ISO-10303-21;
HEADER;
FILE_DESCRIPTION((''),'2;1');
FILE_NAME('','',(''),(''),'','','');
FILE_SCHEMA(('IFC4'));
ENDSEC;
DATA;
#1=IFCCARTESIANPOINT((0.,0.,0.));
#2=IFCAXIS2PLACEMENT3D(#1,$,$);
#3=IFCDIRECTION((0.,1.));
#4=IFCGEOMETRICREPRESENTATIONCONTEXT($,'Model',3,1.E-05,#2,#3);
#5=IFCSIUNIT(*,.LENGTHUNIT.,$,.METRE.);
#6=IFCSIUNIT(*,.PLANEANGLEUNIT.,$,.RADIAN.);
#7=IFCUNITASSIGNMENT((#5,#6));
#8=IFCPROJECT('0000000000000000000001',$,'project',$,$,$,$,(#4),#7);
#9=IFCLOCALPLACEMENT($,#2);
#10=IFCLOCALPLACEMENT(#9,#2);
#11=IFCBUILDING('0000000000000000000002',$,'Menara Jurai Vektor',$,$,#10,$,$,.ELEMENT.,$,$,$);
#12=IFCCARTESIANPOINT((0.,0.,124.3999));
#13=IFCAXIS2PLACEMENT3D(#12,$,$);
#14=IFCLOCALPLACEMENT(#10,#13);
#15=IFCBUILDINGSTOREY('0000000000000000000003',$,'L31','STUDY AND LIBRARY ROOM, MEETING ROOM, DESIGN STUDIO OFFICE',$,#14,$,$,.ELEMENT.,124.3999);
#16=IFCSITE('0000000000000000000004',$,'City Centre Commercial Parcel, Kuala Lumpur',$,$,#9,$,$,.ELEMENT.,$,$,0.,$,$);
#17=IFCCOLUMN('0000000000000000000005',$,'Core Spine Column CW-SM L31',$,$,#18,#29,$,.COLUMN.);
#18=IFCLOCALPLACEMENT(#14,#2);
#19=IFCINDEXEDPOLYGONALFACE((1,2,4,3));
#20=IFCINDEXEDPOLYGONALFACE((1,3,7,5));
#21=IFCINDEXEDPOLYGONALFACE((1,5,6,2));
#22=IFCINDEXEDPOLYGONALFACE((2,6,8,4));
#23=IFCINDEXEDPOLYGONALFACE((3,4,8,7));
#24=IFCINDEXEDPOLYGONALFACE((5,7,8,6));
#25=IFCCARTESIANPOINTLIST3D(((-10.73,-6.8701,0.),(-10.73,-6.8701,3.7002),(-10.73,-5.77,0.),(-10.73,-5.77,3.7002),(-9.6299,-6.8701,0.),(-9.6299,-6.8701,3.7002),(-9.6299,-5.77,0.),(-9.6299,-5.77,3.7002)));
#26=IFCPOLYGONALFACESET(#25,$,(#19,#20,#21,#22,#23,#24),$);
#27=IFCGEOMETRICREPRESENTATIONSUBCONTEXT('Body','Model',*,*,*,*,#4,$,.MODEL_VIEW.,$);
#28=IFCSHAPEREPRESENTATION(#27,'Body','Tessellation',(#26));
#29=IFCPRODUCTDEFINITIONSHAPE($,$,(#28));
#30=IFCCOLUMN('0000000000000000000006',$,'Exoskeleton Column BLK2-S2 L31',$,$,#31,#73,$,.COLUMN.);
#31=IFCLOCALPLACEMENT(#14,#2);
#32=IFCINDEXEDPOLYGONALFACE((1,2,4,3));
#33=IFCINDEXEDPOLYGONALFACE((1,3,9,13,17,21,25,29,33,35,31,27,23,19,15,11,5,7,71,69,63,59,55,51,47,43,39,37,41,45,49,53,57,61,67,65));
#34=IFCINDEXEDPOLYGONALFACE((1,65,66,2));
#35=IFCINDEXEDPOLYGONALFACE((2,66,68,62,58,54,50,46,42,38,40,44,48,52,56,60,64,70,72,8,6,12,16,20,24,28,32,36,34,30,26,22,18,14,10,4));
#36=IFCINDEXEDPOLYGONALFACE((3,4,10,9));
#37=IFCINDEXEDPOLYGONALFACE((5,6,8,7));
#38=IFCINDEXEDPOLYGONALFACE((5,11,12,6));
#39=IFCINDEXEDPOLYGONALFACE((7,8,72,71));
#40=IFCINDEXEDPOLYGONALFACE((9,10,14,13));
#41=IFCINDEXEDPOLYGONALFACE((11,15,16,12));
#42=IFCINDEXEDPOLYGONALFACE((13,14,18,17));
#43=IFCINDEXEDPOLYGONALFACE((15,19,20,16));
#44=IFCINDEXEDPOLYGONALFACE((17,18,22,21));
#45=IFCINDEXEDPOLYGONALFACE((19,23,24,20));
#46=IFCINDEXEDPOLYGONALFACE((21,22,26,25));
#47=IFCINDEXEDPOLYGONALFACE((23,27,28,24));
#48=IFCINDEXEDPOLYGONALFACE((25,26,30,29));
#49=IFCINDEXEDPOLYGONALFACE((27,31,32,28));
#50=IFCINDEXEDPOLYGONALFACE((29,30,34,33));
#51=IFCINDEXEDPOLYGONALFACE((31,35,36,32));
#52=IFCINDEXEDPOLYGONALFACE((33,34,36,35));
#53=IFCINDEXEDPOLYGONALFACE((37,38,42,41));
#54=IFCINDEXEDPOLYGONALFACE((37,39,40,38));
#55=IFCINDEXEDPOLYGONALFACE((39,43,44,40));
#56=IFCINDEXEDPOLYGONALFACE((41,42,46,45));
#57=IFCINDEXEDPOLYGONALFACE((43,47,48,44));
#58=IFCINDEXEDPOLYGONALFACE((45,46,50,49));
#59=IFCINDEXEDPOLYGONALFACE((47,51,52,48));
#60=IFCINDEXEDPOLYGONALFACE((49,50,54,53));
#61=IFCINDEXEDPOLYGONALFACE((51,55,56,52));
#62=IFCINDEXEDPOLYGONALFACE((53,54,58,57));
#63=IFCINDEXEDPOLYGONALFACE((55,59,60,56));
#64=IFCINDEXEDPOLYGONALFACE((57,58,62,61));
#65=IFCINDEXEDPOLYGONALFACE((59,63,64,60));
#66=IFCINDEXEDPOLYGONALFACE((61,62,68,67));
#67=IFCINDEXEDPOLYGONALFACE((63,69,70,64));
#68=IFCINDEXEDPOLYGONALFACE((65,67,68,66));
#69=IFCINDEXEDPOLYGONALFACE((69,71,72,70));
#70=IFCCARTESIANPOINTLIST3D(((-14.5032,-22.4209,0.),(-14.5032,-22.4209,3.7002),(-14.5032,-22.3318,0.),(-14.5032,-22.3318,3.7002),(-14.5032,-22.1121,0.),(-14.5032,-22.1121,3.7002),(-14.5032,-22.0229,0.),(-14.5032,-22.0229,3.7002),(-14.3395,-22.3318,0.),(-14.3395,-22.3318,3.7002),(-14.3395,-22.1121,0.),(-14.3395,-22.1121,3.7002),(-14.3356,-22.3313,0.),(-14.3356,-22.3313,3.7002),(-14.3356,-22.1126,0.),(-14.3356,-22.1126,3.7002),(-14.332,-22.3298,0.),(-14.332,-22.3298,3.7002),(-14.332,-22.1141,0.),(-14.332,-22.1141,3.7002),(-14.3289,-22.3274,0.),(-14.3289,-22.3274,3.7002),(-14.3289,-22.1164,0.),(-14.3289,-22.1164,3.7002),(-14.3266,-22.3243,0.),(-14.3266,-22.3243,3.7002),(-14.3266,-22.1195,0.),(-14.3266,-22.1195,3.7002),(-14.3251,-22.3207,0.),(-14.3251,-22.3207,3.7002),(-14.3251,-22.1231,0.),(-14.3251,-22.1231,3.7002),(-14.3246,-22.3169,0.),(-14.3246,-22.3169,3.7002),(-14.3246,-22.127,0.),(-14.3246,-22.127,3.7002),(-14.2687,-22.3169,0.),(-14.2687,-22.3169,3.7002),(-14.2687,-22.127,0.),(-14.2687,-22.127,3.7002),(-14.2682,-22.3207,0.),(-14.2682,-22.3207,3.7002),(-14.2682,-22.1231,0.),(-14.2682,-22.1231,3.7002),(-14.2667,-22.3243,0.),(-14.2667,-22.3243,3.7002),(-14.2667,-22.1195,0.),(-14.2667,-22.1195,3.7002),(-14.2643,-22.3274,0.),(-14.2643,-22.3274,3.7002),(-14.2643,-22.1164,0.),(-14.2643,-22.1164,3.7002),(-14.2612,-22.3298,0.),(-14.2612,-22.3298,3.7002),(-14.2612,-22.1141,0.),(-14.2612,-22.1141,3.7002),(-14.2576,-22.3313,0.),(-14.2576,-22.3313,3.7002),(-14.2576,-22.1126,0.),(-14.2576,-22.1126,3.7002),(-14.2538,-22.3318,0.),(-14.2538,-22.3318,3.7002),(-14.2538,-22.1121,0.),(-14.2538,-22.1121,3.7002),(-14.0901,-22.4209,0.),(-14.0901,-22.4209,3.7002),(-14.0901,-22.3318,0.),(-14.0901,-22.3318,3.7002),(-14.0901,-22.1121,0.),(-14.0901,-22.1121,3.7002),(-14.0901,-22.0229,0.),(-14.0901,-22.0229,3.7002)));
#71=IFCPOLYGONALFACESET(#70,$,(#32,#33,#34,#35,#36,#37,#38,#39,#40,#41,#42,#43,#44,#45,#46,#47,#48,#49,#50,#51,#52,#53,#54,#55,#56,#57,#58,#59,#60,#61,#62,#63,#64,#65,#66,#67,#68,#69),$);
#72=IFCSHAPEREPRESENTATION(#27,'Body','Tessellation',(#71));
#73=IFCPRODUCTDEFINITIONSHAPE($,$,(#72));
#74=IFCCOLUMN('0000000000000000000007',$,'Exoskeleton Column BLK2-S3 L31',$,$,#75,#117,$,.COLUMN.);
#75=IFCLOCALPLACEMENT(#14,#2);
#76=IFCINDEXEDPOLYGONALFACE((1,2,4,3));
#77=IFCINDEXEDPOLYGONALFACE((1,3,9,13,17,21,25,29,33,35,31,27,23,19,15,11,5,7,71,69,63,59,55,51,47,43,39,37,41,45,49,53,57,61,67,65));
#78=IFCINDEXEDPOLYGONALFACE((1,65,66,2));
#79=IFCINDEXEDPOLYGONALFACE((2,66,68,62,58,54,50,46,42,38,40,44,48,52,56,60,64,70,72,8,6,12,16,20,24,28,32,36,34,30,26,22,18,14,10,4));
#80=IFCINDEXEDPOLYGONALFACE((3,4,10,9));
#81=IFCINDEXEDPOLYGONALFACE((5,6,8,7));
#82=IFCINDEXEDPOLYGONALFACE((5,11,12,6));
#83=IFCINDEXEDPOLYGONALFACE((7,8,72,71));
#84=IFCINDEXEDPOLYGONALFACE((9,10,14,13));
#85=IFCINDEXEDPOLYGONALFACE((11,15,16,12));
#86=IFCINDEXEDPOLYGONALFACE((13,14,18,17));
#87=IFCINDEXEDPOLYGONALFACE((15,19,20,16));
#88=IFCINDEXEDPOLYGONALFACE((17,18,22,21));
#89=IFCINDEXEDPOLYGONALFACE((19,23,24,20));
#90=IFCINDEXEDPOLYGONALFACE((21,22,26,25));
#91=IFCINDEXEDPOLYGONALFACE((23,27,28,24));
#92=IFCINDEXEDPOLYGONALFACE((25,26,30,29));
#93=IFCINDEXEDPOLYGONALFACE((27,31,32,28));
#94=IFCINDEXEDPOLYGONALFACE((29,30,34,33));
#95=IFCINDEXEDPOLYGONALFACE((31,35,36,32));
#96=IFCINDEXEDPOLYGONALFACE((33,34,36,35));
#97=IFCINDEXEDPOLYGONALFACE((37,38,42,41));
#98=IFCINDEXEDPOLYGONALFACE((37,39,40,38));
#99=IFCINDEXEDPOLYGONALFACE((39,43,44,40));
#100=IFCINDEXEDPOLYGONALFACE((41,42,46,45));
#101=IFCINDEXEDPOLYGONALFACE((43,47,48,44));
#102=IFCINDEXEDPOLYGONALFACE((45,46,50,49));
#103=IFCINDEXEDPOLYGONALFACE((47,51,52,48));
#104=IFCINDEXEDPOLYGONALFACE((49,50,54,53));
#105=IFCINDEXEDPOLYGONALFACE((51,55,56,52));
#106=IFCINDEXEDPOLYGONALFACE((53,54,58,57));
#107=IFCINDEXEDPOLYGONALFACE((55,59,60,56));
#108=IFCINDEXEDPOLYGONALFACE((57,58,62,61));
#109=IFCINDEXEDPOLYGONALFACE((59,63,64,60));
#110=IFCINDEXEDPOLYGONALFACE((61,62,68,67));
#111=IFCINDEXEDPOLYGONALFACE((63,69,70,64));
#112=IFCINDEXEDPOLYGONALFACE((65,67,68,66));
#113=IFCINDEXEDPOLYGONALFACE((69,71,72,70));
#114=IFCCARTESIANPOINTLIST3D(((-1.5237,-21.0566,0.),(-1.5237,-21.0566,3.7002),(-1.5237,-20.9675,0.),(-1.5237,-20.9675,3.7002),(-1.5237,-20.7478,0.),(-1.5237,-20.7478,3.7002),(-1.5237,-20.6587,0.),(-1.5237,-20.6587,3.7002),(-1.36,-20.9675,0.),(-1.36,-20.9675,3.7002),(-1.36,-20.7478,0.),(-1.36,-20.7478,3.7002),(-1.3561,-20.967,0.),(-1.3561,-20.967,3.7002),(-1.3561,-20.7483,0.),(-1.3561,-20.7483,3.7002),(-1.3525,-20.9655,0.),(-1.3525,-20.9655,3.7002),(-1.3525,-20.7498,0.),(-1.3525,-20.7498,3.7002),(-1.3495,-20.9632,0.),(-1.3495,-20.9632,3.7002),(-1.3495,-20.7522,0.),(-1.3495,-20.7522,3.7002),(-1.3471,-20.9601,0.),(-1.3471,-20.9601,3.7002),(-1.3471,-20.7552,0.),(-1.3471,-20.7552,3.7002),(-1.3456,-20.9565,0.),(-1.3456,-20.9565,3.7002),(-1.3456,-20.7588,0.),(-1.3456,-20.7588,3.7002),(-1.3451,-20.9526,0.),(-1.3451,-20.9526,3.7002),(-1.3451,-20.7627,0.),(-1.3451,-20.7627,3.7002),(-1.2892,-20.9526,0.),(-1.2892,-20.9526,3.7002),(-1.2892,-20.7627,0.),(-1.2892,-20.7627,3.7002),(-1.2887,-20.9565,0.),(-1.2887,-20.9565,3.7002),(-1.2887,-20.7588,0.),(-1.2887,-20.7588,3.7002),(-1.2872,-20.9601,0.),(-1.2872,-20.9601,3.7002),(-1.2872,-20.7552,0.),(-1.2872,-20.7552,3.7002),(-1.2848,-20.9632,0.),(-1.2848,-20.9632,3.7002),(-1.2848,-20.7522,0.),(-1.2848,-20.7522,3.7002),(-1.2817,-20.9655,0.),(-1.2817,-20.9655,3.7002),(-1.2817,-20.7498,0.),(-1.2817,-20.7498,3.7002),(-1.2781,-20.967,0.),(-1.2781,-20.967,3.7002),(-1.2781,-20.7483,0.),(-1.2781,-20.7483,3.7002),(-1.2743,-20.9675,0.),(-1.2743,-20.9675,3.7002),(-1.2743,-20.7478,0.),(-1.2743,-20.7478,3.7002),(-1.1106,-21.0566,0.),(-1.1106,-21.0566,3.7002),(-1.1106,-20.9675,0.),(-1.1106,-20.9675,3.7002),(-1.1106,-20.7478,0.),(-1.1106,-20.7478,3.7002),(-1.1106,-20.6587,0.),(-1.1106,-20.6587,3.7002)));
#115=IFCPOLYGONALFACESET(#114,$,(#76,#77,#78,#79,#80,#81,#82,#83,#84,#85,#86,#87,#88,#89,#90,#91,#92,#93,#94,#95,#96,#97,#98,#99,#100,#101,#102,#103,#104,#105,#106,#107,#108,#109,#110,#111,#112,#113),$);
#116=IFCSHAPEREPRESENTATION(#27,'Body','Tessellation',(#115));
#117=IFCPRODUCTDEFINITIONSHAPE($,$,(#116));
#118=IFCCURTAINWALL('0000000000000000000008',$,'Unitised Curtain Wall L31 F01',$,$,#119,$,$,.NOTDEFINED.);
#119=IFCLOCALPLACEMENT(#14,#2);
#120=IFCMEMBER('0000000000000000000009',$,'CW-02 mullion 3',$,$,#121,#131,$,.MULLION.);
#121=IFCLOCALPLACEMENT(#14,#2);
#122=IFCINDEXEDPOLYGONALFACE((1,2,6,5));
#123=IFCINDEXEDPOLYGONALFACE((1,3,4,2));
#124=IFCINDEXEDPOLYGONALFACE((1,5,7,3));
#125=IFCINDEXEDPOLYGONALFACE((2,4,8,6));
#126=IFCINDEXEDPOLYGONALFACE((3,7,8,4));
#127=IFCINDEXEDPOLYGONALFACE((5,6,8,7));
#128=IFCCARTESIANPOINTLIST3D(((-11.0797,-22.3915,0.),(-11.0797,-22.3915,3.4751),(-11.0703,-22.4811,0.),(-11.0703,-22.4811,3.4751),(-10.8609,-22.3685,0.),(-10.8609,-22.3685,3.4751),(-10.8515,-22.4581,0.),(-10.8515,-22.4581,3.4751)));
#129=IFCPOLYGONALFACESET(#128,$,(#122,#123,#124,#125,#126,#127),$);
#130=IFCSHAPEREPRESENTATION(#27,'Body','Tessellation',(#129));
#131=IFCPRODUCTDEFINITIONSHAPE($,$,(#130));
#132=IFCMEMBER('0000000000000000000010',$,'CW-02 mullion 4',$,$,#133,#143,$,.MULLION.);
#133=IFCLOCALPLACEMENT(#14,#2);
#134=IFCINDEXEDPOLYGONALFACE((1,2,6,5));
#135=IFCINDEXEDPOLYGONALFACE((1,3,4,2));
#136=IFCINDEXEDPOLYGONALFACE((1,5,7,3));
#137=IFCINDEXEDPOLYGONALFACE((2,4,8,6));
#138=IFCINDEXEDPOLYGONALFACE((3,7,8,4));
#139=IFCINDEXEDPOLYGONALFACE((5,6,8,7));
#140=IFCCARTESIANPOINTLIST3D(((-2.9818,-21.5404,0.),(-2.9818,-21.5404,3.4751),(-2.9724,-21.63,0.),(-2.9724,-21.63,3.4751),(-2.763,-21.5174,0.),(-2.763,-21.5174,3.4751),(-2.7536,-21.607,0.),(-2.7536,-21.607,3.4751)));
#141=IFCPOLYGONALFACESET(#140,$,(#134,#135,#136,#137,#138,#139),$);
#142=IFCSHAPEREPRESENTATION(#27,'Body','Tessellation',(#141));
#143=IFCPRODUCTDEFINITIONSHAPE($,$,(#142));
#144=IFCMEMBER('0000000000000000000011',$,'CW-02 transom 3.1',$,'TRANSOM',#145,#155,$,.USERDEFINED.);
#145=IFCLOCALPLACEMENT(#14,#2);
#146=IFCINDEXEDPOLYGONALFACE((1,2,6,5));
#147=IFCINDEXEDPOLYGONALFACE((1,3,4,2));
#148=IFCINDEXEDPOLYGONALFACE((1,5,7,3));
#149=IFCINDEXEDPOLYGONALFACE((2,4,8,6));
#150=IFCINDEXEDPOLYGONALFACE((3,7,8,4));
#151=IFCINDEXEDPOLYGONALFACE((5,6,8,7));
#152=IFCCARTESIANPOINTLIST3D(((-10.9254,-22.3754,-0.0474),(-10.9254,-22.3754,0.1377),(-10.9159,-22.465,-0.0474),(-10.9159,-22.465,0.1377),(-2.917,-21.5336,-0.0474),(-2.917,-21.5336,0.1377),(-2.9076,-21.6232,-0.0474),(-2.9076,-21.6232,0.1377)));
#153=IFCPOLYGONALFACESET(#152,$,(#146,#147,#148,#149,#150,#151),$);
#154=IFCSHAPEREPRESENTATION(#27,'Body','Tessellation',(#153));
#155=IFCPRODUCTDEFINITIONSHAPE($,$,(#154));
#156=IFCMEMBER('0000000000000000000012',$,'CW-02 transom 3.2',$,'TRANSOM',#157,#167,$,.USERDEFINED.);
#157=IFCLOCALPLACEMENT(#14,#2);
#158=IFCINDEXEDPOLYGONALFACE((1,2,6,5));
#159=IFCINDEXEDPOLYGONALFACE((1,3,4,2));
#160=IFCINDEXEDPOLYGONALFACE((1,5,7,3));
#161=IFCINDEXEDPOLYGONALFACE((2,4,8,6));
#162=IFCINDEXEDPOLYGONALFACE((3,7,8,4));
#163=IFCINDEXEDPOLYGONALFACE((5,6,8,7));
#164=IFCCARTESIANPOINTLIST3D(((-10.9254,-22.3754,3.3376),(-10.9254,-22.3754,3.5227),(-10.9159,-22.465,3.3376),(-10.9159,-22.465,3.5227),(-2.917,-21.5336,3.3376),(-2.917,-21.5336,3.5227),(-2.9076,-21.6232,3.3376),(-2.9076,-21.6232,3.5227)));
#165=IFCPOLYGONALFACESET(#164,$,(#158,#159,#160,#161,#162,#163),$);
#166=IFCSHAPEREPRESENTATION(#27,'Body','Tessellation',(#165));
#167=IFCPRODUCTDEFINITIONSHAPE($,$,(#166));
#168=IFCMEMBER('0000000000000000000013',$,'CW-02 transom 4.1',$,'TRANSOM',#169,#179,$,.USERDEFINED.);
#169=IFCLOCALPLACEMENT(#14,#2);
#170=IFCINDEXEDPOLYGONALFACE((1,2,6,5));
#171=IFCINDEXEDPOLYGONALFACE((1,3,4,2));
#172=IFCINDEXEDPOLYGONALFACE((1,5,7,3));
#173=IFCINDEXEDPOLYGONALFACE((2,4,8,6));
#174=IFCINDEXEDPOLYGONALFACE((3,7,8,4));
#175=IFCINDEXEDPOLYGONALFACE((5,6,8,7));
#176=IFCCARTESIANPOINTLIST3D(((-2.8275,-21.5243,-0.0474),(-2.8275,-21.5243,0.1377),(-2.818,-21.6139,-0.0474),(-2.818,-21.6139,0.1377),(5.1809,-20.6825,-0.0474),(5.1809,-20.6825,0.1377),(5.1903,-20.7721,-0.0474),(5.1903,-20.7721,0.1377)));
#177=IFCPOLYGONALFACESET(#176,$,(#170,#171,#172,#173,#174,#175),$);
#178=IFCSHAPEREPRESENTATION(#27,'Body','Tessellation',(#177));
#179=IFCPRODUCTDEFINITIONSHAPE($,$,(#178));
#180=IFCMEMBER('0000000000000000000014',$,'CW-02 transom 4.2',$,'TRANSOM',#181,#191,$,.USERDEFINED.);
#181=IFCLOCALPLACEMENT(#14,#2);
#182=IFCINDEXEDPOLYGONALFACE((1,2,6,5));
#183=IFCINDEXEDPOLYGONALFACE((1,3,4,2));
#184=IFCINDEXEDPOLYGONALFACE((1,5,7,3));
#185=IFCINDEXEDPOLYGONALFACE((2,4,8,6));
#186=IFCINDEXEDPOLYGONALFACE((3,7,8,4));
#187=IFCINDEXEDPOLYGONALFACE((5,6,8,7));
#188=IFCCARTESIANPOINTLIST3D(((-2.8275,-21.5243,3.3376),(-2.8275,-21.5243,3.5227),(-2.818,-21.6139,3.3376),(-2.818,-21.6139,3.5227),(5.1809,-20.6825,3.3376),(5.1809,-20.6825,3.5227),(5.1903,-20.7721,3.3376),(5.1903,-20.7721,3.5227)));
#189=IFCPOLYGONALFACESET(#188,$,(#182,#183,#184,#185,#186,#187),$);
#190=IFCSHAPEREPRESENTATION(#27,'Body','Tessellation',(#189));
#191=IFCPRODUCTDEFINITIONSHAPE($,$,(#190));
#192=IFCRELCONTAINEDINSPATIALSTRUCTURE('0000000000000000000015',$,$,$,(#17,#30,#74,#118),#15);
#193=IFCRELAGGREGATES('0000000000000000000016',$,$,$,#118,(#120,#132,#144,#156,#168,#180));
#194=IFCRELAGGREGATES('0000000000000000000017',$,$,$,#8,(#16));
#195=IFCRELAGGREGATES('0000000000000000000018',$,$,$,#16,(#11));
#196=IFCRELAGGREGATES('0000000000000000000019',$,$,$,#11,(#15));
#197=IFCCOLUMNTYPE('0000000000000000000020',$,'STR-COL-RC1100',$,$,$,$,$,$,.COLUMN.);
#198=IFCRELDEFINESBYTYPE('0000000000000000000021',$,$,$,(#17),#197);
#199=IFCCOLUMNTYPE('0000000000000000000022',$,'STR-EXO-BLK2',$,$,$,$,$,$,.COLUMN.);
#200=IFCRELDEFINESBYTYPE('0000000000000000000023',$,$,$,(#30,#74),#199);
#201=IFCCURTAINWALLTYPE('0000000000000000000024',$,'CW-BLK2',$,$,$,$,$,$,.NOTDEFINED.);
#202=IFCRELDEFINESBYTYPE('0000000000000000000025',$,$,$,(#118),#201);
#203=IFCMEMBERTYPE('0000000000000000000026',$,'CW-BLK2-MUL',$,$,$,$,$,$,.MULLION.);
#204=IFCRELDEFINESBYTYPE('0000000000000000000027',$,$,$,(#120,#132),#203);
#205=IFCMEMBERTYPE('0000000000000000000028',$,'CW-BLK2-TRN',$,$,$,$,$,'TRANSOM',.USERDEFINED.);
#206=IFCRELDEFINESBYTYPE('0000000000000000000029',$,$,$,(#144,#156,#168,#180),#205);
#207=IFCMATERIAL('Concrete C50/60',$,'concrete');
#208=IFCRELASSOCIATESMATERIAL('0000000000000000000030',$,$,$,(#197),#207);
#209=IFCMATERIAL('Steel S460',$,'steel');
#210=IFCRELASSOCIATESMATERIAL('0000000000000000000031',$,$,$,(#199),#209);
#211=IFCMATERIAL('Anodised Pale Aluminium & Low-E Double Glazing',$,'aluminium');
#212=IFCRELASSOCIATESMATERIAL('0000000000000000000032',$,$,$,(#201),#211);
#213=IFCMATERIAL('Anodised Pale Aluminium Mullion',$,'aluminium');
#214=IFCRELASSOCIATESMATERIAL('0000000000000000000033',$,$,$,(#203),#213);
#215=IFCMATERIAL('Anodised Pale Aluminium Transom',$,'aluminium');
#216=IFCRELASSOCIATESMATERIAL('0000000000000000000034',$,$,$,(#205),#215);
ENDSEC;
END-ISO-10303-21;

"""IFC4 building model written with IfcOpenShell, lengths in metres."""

from ifc_helpers import new_model, si_unit, direction, frame, origin, origin_2d, place, context, subcontext, project, spatial, rectangle, i_section, extrude, material, material_profile, profile_set, type_object, element, aggregate, save


model = new_model("IFC4")

# Units and contexts
model_context = context("Model", 3, precision=1e-05, world=origin(), true_north=direction((0.0, 1.0)))
body_context = subcontext(model_context, "Body", "Model", "MODEL_VIEW")
ifc_project = project(units=[si_unit("LENGTHUNIT", "METRE"), si_unit("PLANEANGLEUNIT", "RADIAN")], contexts=[model_context])

# Site, building, storey
site_placement = place(None, origin())
site = spatial("IfcSite", under=ifc_project, at=site_placement, Name="City Centre Commercial Parcel, Kuala Lumpur", CompositionType="ELEMENT", RefElevation=0.0)
building_placement = place(site_placement, origin())
building = spatial("IfcBuilding", under=site, at=building_placement, Name="Menara Jurai Vektor", CompositionType="ELEMENT")
storey_placement = place(building_placement, frame((0.0, 0.0, 124.3999)))
storey = spatial("IfcBuildingStorey", under=building, at=storey_placement, Name="L31", Description="STUDY AND LIBRARY ROOM, MEETING ROOM, DESIGN STUDIO OFFICE", CompositionType="ELEMENT", Elevation=124.3999)

# Columns
ifc_material_1 = material(Name="Concrete C50/60", Category="concrete")
ifc_material_profile_1 = material_profile(ifc_material_1, rectangle(XDim=1.1001, YDim=1.1001, at=origin_2d()), Name="RC 1100x1100")
ifc_profile_set_1 = profile_set([ifc_material_profile_1], Name="Concrete C50/60")
column_type_1 = type_object("IfcColumnType", Name="STR-COL-RC1100", PredefinedType="COLUMN", material=ifc_profile_set_1)
column_placement = place(storey_placement, frame((-10.1799, -6.3201, 0.0), z_axis=(0.0, 0.0, 1.0), x_axis=(1.0, 0.0, 0.0)))
element("IfcColumn", 1, at=column_placement, inside=storey, type_object=column_type_1, Name="Core Spine Column CW-SM L31", PredefinedType="COLUMN", context=body_context, shape_type="SweptSolid", body=[
    extrude(rectangle(XDim=1.1001, YDim=1.1001, at=origin_2d()), origin(), (0.0, 0.0, 1.0), 3.7002),
])
ifc_material_2 = material(Name="Steel S460", Category="steel")
ifc_material_profile_2 = material_profile(ifc_material_2, i_section(OverallWidth=0.4131, OverallDepth=0.3979, WebThickness=0.0559, FlangeThickness=0.0891, FilletRadius=0.0149, at=origin_2d()), Name="HD 400x744")
ifc_profile_set_2 = profile_set([ifc_material_profile_2], Name="Steel S460")
column_type_2 = type_object("IfcColumnType", Name="STR-EXO-BLK2", PredefinedType="COLUMN", material=ifc_profile_set_2)
for number, where, z_axis, x_axis, name in (
    (2, (-14.2966, -22.2219, 0.0), (0.0, 0.0, 1.0), (1.0, 0.0, 0.0), "Exoskeleton Column BLK2-S2 L31"),
    (3, (-1.3171, -20.8577, 0.0), (0.0, 0.0, 1.0), (1.0, 0.0, 0.0), "Exoskeleton Column BLK2-S3 L31"),
):
    element("IfcColumn", number, at=place(storey_placement, frame(where, z_axis=z_axis, x_axis=x_axis)), inside=storey, type_object=column_type_2, Name=name, PredefinedType="COLUMN", context=body_context, shape_type="SweptSolid", body=[
        extrude(i_section(OverallWidth=0.4131, OverallDepth=0.3979, WebThickness=0.0559, FlangeThickness=0.0891, FilletRadius=0.0149, at=origin_2d()), origin(), (0.0, 0.0, 1.0), 3.7002),
    ])

# Curtain wall, members
ifc_material_3 = material(Name="Anodised Pale Aluminium & Low-E Double Glazing", Category="aluminium")
curtain_wall_type = type_object("IfcCurtainWallType", Name="CW-BLK2", PredefinedType="NOTDEFINED", material=ifc_material_3)
curtain_wall_placement = place(storey_placement, origin())
curtain_wall = element("IfcCurtainWall", 4, at=curtain_wall_placement, inside=storey, type_object=curtain_wall_type, Name="Unitised Curtain Wall L31 F01", PredefinedType="NOTDEFINED")
ifc_material_4 = material(Name="Anodised Pale Aluminium Mullion", Category="aluminium")
ifc_material_profile_3 = material_profile(ifc_material_4, rectangle(XDim=0.0901, YDim=0.22, at=origin_2d()), Name="ALU MUL 90x220")
ifc_profile_set_3 = profile_set([ifc_material_profile_3], Name="Anodised Pale Aluminium Mullion")
member_type_1 = type_object("IfcMemberType", Name="CW-BLK2-MUL", PredefinedType="MULLION", material=ifc_profile_set_3)
member_1_placement = place(storey_placement, frame((-10.9656, -22.4248, 0.0), z_axis=(0.0, 0.0, 1.0), x_axis=(-0.104529, 0.994522, 0.0)))
member_1 = element("IfcMember", 5, at=member_1_placement, type_object=member_type_1, Name="CW-02 mullion 3", PredefinedType="MULLION", context=body_context, shape_type="SweptSolid", body=[
    extrude(rectangle(XDim=0.0901, YDim=0.22, at=origin_2d()), origin(), (0.0, 0.0, 1.0), 3.4751),
])
member_2_placement = place(storey_placement, frame((-2.8677, -21.5737, 0.0), z_axis=(0.0, 0.0, 1.0), x_axis=(-0.104529, 0.994522, 0.0)))
member_2 = element("IfcMember", 6, at=member_2_placement, type_object=member_type_1, Name="CW-02 mullion 4", PredefinedType="MULLION", context=body_context, shape_type="SweptSolid", body=[
    extrude(rectangle(XDim=0.0901, YDim=0.22, at=origin_2d()), origin(), (0.0, 0.0, 1.0), 3.4751),
])
ifc_material_5 = material(Name="Anodised Pale Aluminium Transom", Category="aluminium")
ifc_material_profile_4 = material_profile(ifc_material_5, rectangle(XDim=0.0901, YDim=0.1851, at=origin_2d()), Name="ALU TRN 90x185")
ifc_profile_set_4 = profile_set([ifc_material_profile_4], Name="Anodised Pale Aluminium Transom")
member_type_2 = type_object("IfcMemberType", Name="CW-BLK2-TRN", ElementType="TRANSOM", PredefinedType="USERDEFINED", material=ifc_profile_set_4)
member_3_placement = place(storey_placement, frame((-10.9207, -22.4202, 0.0452), z_axis=(0.994521, 0.10454, 0.0), x_axis=(-0.10454, 0.994521, 0.0)))
member_3 = element("IfcMember", 7, at=member_3_placement, type_object=member_type_2, Name="CW-02 transom 3.1", ObjectType="TRANSOM", PredefinedType="USERDEFINED", context=body_context, shape_type="SweptSolid", body=[
    extrude(rectangle(XDim=0.0901, YDim=0.1851, at=origin_2d()), origin(), (0.0, 0.0, 1.0), 8.0525),
])
member_4_placement = place(storey_placement, frame((-10.9207, -22.4202, 3.4302), z_axis=(0.994521, 0.10454, 0.0), x_axis=(-0.10454, 0.994521, 0.0)))
member_4 = element("IfcMember", 8, at=member_4_placement, type_object=member_type_2, Name="CW-02 transom 3.2", ObjectType="TRANSOM", PredefinedType="USERDEFINED", context=body_context, shape_type="SweptSolid", body=[
    extrude(rectangle(XDim=0.0901, YDim=0.1851, at=origin_2d()), origin(), (0.0, 0.0, 1.0), 8.0525),
])
member_5_placement = place(storey_placement, frame((-2.8228, -21.5691, 0.0452), z_axis=(0.994521, 0.10454, 0.0), x_axis=(-0.10454, 0.994521, 0.0)))
member_5 = element("IfcMember", 9, at=member_5_placement, type_object=member_type_2, Name="CW-02 transom 4.1", ObjectType="TRANSOM", PredefinedType="USERDEFINED", context=body_context, shape_type="SweptSolid", body=[
    extrude(rectangle(XDim=0.0901, YDim=0.1851, at=origin_2d()), origin(), (0.0, 0.0, 1.0), 8.0525),
])
member_6_placement = place(storey_placement, frame((-2.8228, -21.5691, 3.4302), z_axis=(0.994521, 0.10454, 0.0), x_axis=(-0.10454, 0.994521, 0.0)))
member_6 = element("IfcMember", 10, at=member_6_placement, type_object=member_type_2, Name="CW-02 transom 4.2", ObjectType="TRANSOM", PredefinedType="USERDEFINED", context=body_context, shape_type="SweptSolid", body=[
    extrude(rectangle(XDim=0.0901, YDim=0.1851, at=origin_2d()), origin(), (0.0, 0.0, 1.0), 8.0525),
])

aggregate(curtain_wall, [member_1, member_2, member_3, member_4, member_5, member_6])

save(model, "model.ifc")
